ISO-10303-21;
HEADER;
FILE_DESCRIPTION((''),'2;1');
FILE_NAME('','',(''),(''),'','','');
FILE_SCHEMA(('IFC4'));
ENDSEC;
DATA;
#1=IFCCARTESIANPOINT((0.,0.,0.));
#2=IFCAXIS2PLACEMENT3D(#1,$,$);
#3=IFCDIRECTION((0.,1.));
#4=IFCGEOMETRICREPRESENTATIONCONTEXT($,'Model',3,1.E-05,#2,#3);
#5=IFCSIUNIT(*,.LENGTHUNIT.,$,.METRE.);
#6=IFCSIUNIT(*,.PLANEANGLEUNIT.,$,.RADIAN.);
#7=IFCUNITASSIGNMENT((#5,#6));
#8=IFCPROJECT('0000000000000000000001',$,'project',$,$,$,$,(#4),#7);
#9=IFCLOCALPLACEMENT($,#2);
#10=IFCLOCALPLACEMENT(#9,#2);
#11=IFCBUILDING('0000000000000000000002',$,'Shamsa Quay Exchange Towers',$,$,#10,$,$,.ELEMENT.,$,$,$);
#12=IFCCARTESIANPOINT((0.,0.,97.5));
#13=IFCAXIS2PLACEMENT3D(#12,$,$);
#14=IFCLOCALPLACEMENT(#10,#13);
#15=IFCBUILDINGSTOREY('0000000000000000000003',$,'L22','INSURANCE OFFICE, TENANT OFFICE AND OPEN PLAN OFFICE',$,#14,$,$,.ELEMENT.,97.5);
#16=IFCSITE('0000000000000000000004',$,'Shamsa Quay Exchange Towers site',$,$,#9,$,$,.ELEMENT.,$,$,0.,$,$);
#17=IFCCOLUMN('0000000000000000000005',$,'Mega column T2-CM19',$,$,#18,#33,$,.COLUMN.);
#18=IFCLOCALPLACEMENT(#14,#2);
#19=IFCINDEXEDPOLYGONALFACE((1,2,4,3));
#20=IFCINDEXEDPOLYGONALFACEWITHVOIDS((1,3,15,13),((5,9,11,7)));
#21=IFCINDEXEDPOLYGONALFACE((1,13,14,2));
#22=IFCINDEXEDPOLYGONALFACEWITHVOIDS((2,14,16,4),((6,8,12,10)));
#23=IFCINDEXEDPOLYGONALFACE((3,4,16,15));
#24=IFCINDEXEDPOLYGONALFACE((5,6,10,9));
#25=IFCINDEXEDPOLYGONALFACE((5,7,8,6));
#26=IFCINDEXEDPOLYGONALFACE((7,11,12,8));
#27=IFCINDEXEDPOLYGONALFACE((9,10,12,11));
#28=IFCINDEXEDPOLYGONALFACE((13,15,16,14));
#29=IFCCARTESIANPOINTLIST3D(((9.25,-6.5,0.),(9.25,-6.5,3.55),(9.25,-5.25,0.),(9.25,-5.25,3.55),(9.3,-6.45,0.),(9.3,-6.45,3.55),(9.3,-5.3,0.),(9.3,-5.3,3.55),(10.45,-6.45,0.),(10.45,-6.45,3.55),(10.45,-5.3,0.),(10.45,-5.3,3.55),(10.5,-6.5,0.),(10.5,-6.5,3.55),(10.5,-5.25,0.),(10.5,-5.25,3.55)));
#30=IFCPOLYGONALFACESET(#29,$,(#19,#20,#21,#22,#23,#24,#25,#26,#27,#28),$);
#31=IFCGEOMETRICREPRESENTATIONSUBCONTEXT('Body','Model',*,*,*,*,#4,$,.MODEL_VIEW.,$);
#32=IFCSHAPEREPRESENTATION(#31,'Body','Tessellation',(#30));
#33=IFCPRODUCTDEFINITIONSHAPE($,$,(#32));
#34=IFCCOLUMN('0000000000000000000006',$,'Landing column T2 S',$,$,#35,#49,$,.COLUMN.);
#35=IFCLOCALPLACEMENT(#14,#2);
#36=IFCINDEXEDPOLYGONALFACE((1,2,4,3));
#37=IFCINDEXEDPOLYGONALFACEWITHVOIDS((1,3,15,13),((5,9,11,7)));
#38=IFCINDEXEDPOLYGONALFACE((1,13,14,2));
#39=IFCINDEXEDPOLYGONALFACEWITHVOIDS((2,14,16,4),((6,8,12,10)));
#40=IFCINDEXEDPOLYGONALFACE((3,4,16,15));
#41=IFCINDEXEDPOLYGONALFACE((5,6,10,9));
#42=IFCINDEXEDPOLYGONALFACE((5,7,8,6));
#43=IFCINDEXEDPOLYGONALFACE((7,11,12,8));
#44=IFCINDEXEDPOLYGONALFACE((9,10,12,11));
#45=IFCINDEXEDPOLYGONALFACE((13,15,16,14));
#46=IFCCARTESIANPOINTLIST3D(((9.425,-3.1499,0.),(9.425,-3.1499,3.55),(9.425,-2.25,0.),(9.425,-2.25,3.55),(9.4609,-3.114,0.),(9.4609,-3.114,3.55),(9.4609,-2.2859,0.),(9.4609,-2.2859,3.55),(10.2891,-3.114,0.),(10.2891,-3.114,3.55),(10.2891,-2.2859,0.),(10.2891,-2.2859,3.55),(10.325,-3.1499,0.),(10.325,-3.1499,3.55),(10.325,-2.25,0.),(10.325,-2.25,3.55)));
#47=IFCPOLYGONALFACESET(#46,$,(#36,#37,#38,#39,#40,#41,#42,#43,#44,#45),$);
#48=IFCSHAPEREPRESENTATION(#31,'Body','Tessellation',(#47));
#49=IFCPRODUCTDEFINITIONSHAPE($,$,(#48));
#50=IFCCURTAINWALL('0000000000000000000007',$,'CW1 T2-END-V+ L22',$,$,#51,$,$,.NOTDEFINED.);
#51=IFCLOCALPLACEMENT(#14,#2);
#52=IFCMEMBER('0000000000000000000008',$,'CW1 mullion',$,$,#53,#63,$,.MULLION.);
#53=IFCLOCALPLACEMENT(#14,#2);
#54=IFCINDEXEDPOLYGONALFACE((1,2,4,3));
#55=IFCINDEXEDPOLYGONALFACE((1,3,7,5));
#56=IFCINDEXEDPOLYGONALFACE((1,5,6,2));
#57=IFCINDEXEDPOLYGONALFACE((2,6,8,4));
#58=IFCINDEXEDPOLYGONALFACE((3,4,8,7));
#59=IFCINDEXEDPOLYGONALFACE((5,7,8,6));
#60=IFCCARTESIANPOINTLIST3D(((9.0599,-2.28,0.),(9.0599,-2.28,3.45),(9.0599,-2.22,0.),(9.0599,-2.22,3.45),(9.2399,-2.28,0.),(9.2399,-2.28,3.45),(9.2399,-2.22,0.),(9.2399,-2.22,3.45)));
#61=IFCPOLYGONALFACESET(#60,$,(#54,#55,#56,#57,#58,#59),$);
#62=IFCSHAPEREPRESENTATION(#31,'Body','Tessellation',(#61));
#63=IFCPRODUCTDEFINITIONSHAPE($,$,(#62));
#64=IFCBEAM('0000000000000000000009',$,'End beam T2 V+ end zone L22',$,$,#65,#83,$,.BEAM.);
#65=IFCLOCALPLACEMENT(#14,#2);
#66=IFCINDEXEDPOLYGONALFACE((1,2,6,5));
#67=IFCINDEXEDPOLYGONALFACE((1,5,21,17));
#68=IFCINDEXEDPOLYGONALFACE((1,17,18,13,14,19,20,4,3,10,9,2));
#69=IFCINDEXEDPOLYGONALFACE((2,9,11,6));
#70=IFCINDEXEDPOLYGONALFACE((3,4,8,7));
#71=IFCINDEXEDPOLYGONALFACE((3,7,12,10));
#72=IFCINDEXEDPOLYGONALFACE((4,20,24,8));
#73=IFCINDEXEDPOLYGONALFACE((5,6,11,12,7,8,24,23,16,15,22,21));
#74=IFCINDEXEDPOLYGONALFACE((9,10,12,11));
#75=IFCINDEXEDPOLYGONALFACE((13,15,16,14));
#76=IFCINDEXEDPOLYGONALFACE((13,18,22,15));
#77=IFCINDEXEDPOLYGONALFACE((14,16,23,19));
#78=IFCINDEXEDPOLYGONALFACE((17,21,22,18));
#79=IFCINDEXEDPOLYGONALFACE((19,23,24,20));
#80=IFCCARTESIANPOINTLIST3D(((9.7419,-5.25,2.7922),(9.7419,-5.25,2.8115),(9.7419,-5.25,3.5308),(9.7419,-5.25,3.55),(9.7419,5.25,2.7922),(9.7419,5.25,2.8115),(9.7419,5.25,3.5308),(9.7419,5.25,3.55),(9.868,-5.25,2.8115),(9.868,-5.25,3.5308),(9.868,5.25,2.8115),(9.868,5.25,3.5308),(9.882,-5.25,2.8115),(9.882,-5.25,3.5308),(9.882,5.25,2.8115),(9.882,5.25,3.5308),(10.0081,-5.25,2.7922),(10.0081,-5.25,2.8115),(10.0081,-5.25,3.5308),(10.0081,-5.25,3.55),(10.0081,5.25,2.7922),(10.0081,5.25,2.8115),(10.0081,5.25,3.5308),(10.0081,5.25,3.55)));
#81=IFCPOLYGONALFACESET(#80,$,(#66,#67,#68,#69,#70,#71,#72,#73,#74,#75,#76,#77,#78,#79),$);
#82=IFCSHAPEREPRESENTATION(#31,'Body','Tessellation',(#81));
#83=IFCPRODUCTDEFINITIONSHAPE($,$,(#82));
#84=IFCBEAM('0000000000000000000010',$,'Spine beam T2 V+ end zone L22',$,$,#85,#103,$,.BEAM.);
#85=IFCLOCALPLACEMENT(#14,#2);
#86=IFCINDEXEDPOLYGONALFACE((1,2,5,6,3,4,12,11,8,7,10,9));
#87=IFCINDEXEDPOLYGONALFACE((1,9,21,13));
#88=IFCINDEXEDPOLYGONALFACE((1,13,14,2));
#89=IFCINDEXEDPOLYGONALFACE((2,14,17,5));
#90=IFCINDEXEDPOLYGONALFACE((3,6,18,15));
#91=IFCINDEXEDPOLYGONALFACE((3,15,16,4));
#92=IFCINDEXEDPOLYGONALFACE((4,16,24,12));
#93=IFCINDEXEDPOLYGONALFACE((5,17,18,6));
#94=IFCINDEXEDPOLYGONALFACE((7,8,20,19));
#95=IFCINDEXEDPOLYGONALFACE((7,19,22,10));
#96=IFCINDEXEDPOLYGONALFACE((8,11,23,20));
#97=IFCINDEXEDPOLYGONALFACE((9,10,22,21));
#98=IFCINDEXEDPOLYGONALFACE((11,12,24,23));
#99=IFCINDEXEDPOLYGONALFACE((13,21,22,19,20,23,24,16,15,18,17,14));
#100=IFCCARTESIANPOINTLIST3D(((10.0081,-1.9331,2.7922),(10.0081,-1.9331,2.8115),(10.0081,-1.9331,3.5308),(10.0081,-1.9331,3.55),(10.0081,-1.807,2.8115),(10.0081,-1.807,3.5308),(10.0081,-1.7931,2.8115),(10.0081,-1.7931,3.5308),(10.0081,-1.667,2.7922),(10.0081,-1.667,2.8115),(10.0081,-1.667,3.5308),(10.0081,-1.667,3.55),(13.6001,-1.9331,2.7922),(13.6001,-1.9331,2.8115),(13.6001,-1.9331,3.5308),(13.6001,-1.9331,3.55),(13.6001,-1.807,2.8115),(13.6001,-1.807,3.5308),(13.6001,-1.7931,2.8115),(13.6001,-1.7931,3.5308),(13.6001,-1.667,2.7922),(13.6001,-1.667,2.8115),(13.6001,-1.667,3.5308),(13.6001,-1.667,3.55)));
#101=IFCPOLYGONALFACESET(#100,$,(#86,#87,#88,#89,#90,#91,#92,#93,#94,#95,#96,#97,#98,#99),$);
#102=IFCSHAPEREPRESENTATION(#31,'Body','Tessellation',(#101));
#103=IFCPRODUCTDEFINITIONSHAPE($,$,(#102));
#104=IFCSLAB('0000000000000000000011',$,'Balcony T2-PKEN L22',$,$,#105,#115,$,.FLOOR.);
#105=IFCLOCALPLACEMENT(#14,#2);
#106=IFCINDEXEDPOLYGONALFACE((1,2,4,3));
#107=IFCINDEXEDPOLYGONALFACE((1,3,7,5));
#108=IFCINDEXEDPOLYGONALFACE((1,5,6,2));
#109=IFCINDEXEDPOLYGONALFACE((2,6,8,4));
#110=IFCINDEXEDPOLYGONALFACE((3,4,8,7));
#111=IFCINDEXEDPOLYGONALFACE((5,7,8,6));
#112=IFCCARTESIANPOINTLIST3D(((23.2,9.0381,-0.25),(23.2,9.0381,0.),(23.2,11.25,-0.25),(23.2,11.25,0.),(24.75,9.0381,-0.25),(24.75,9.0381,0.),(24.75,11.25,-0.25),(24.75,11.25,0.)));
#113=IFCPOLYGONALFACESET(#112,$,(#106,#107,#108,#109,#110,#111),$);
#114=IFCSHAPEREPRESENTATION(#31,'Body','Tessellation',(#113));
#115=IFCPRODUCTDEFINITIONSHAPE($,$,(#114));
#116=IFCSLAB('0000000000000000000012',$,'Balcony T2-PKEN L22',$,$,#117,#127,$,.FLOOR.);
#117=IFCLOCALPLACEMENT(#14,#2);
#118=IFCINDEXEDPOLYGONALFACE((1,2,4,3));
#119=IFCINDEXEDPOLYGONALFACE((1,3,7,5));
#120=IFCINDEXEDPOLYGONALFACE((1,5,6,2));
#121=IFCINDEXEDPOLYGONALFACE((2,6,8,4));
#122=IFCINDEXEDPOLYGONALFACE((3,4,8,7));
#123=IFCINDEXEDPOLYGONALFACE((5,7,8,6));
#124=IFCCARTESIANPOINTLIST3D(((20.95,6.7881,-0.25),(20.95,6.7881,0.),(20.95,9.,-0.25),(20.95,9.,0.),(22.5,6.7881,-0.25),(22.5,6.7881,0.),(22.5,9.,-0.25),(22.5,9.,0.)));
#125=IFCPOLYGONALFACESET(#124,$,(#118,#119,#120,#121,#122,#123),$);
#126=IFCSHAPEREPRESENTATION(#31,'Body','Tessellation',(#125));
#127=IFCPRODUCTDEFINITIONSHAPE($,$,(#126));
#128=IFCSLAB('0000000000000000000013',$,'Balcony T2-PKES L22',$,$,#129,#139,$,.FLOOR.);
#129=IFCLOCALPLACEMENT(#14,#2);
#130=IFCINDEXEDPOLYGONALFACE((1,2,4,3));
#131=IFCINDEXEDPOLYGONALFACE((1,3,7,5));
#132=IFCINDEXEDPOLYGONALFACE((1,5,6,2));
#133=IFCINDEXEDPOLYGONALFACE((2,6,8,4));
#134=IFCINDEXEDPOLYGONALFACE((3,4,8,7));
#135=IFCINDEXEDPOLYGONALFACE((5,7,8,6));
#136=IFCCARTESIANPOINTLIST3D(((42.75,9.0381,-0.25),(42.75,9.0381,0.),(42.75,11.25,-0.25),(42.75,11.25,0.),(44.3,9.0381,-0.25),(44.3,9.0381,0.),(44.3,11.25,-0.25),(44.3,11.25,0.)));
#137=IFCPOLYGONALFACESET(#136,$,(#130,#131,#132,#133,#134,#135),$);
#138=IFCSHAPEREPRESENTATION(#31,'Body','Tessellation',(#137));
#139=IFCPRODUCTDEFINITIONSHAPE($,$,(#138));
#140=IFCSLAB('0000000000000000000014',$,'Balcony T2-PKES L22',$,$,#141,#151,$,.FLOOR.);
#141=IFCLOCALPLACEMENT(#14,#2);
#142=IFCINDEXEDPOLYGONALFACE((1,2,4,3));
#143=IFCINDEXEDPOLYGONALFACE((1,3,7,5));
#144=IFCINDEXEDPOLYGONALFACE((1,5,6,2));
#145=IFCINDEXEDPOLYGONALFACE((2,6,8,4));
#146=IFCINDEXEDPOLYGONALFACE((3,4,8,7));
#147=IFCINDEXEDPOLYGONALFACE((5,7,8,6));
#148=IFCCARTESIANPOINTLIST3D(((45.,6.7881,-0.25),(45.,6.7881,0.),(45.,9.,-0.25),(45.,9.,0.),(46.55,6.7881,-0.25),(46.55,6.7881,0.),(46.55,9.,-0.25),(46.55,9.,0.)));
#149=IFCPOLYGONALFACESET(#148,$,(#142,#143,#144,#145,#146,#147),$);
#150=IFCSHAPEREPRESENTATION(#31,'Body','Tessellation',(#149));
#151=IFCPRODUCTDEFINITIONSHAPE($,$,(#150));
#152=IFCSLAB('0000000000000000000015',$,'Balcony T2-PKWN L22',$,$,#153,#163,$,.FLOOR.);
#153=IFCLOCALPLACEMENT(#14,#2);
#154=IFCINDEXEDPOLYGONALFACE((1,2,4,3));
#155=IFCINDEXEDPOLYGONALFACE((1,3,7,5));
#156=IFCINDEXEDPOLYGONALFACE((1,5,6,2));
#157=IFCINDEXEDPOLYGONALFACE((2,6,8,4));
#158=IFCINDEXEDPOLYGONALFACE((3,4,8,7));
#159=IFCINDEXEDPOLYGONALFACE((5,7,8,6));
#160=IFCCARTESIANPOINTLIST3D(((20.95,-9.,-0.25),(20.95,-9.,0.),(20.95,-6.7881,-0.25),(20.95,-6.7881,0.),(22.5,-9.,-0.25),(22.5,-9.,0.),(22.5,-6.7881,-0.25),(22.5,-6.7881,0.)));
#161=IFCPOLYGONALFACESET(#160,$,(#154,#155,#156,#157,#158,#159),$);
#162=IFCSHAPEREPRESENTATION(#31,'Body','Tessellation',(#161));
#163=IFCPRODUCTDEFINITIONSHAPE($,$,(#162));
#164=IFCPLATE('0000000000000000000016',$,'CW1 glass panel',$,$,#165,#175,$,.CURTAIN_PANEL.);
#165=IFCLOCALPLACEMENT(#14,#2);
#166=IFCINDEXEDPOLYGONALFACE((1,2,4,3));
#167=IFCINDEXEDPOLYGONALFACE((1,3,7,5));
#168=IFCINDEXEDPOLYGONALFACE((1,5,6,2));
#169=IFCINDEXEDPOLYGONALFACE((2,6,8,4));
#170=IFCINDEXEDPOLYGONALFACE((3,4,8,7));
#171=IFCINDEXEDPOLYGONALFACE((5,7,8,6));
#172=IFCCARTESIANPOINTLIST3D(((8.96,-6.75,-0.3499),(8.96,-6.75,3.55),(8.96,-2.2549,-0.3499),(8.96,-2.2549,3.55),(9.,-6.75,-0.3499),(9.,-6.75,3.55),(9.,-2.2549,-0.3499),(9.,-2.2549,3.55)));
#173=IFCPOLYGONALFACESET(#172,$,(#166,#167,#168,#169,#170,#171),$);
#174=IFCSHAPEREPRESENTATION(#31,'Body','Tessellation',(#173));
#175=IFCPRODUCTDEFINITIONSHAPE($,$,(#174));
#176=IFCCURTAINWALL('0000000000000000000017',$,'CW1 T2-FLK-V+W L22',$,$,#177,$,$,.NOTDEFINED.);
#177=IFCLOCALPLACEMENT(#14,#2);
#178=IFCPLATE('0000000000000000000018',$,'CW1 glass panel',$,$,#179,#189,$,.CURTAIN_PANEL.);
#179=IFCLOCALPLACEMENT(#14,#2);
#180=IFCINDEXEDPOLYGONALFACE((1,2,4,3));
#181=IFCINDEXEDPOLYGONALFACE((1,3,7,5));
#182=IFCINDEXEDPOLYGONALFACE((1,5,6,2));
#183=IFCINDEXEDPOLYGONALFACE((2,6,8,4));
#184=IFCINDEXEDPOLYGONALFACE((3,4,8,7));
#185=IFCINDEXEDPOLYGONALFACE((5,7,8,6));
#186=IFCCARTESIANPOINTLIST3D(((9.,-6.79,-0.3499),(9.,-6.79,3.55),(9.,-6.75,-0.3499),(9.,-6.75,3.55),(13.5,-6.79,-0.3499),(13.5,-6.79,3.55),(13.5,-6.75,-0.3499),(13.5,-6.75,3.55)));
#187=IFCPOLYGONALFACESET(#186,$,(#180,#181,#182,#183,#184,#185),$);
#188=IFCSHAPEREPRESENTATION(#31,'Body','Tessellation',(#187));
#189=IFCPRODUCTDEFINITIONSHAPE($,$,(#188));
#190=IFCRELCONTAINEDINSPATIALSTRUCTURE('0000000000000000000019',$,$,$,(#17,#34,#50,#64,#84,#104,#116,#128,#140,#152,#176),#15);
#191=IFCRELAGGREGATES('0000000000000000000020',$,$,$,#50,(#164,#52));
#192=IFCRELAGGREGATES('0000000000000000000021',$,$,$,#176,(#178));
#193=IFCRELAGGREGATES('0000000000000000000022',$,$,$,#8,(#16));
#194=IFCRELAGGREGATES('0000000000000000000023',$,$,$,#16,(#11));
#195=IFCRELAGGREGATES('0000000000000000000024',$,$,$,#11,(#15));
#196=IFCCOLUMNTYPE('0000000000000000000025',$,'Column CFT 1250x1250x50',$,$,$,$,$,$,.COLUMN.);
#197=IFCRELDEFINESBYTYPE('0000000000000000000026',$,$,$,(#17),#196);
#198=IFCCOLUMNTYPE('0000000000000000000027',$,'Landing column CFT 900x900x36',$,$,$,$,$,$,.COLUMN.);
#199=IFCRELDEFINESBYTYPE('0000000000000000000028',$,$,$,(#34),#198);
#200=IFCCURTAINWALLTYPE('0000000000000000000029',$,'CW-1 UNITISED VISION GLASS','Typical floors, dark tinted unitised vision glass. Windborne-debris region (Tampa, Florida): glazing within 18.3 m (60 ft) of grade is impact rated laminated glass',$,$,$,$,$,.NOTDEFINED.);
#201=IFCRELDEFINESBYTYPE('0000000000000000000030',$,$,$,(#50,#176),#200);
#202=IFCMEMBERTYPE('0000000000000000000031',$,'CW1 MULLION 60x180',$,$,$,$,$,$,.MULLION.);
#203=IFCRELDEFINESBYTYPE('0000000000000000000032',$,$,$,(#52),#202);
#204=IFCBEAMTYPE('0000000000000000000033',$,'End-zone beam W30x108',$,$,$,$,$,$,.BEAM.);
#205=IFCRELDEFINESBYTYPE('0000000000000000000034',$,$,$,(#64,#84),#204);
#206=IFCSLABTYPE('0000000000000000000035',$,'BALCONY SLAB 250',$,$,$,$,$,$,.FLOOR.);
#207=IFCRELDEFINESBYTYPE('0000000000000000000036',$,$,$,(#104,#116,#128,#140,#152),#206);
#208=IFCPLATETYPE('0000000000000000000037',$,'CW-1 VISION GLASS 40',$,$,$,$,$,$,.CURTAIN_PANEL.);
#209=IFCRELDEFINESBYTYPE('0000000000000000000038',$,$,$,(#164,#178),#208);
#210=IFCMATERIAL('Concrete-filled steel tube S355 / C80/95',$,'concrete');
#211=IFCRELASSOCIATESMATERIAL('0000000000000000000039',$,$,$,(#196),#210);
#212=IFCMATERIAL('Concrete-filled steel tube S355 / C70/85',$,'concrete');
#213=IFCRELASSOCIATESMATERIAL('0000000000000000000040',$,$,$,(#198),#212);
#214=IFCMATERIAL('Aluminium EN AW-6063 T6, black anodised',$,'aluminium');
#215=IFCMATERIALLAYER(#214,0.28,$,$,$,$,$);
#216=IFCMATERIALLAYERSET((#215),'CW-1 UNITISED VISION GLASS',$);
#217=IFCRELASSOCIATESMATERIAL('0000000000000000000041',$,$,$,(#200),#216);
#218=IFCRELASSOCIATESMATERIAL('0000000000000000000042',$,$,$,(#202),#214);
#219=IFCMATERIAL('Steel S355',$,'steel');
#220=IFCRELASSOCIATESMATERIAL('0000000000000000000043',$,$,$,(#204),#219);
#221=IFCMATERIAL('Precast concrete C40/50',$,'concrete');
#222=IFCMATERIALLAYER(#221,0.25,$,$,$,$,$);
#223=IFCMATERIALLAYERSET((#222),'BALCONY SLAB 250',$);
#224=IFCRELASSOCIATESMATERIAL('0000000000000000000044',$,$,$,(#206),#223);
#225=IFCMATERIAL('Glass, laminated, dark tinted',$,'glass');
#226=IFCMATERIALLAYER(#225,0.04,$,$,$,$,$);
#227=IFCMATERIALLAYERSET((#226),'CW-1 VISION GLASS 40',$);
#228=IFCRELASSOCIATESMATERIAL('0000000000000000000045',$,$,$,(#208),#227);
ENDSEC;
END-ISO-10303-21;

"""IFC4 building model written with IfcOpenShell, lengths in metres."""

from ifc_helpers import new_model, si_unit, direction, frame, origin, origin_2d, place, context, subcontext, project, spatial, polyline, rectangle, hollow_rectangle, i_section, outline, extrude, material, layer, layer_set, material_profile, profile_set, type_object, element, aggregate, save


model = new_model("IFC4")

# Units and contexts
model_context = context("Model", 3, precision=1e-05, world=origin(), true_north=direction((0.0, 1.0)))
body_context = subcontext(model_context, "Body", "Model", "MODEL_VIEW")
ifc_project = project(units=[si_unit("LENGTHUNIT", "METRE"), si_unit("PLANEANGLEUNIT", "RADIAN")], contexts=[model_context])

# Site, building, storey
site_placement = place(None, origin())
site = spatial("IfcSite", under=ifc_project, at=site_placement, Name="Shamsa Quay Exchange Towers site", CompositionType="ELEMENT", RefElevation=0.0)
building_placement = place(site_placement, origin())
building = spatial("IfcBuilding", under=site, at=building_placement, Name="Shamsa Quay Exchange Towers", CompositionType="ELEMENT")
storey_placement = place(building_placement, frame((0.0, 0.0, 97.5)))
storey = spatial("IfcBuildingStorey", under=building, at=storey_placement, Name="L22", Description="INSURANCE OFFICE, TENANT OFFICE AND OPEN PLAN OFFICE", CompositionType="ELEMENT", Elevation=97.5)

# Columns
ifc_material_1 = material(Name="Concrete-filled steel tube S355 / C80/95", Category="concrete")
ifc_material_profile_1 = material_profile(ifc_material_1, hollow_rectangle(XDim=1.25, YDim=1.25, WallThickness=0.05, at=origin_2d()), Name="CFT 1250x1250x50")
ifc_profile_set_1 = profile_set([ifc_material_profile_1], Name="Concrete-filled steel tube S355 / C80/95")
column_type_1 = type_object("IfcColumnType", Name="Column CFT 1250x1250x50", PredefinedType="COLUMN", material=ifc_profile_set_1)
column_1_placement = place(storey_placement, frame((9.875, -5.875, 0.0)))
element("IfcColumn", 1, at=column_1_placement, inside=storey, type_object=column_type_1, Name="Mega column T2-CM19", PredefinedType="COLUMN", context=body_context, shape_type="SweptSolid", body=[
    extrude(hollow_rectangle(XDim=1.25, YDim=1.25, WallThickness=0.05, at=origin_2d()), origin(), (0.0, 0.0, 1.0), 3.55),
])
ifc_material_2 = material(Name="Concrete-filled steel tube S355 / C70/85", Category="concrete")
ifc_material_profile_2 = material_profile(ifc_material_2, hollow_rectangle(XDim=0.8999, YDim=0.8999, WallThickness=0.0359, at=origin_2d()), Name="CFT 900x900x36")
ifc_profile_set_2 = profile_set([ifc_material_profile_2], Name="Concrete-filled steel tube S355 / C70/85")
column_type_2 = type_object("IfcColumnType", Name="Landing column CFT 900x900x36", PredefinedType="COLUMN", material=ifc_profile_set_2)
column_2_placement = place(storey_placement, frame((9.875, -2.7, 0.0)))
element("IfcColumn", 2, at=column_2_placement, inside=storey, type_object=column_type_2, Name="Landing column T2 S", PredefinedType="COLUMN", context=body_context, shape_type="SweptSolid", body=[
    extrude(hollow_rectangle(XDim=0.8999, YDim=0.8999, WallThickness=0.0359, at=origin_2d()), origin(), (0.0, 0.0, 1.0), 3.55),
])

# Curtain wall, member
ifc_material_3 = material(Name="Aluminium EN AW-6063 T6, black anodised", Category="aluminium")
ifc_layer_1 = layer(ifc_material_3, 0.28)
ifc_layer_set_1 = layer_set([ifc_layer_1], Name="CW-1 UNITISED VISION GLASS")
curtain_wall_type = type_object("IfcCurtainWallType", Name="CW-1 UNITISED VISION GLASS", Description="Typical floors, dark tinted unitised vision glass. Windborne-debris region (Tampa, Florida): glazing within 18.3 m (60 ft) of grade is impact rated laminated glass", PredefinedType="NOTDEFINED", material=ifc_layer_set_1)
curtain_wall_1_placement = place(storey_placement, origin())
curtain_wall_1 = element("IfcCurtainWall", 3, at=curtain_wall_1_placement, inside=storey, type_object=curtain_wall_type, Name="CW1 T2-END-V+ L22", PredefinedType="NOTDEFINED")
ifc_material_profile_3 = material_profile(ifc_material_3, rectangle(XDim=0.1799, YDim=0.0601, at=origin_2d()), Name="MU60x180")
ifc_profile_set_3 = profile_set([ifc_material_profile_3], Name="Aluminium EN AW-6063 T6, black anodised")
member_type = type_object("IfcMemberType", Name="CW1 MULLION 60x180", PredefinedType="MULLION", material=ifc_profile_set_3)
member_placement = place(storey_placement, frame((9.1499, -2.25, 0.0)))
member = element("IfcMember", 4, at=member_placement, type_object=member_type, Name="CW1 mullion", PredefinedType="MULLION", context=body_context, shape_type="SweptSolid", body=[
    extrude(rectangle(XDim=0.1799, YDim=0.0601, at=origin_2d()), origin(), (0.0, 0.0, 1.0), 3.45),
])

# Beams
ifc_material_4 = material(Name="Steel S355", Category="steel")
ifc_material_profile_4 = material_profile(ifc_material_4, i_section(OverallWidth=0.2661, OverallDepth=0.7578, WebThickness=0.0139, FlangeThickness=0.0193, at=origin_2d()), Name="W30x108")
ifc_profile_set_4 = profile_set([ifc_material_profile_4], Name="Steel S355")
beam_type = type_object("IfcBeamType", Name="End-zone beam W30x108", PredefinedType="BEAM", material=ifc_profile_set_4)
beam_1_placement = place(storey_placement, frame((9.875, -5.25, 3.1711), z_axis=(0.0, 1.0, 0.0), x_axis=(-1.0, 0.0, 0.0)))
element("IfcBeam", 5, at=beam_1_placement, inside=storey, type_object=beam_type, Name="End beam T2 V+ end zone L22", PredefinedType="BEAM", context=body_context, shape_type="SweptSolid", body=[
    extrude(i_section(OverallWidth=0.2661, OverallDepth=0.7578, WebThickness=0.0139, FlangeThickness=0.0193, at=origin_2d()), origin(), (0.0, 0.0, 1.0), 10.5),
])
beam_2_placement = place(storey_placement, frame((13.6001, -1.8, 3.1711), z_axis=(-1.0, 0.0, 0.0), x_axis=(0.0, -1.0, 0.0)))
element("IfcBeam", 6, at=beam_2_placement, inside=storey, type_object=beam_type, Name="Spine beam T2 V+ end zone L22", PredefinedType="BEAM", context=body_context, shape_type="SweptSolid", body=[
    extrude(i_section(OverallWidth=0.2661, OverallDepth=0.7578, WebThickness=0.0139, FlangeThickness=0.0193, at=origin_2d()), origin(), (0.0, 0.0, 1.0), 3.592),
])

# Slabs
ifc_material_5 = material(Name="Precast concrete C40/50", Category="concrete")
ifc_layer_2 = layer(ifc_material_5, 0.25)
ifc_layer_set_2 = layer_set([ifc_layer_2], Name="BALCONY SLAB 250")
slab_type_1 = type_object("IfcSlabType", Name="BALCONY SLAB 250", PredefinedType="FLOOR", material=ifc_layer_set_2)
slab_1_placement = place(storey_placement, frame((0.0, 0.0, -0.25)))
element("IfcSlab", 7, at=slab_1_placement, inside=storey, type_object=slab_type_1, Name="Balcony T2-PKEN L22", PredefinedType="FLOOR", context=body_context, shape_type="SweptSolid", body=[
    extrude(outline(polyline([(24.75, 11.25), (24.75, 9.0381), (23.2, 9.0381), (23.2, 11.25), (24.75, 11.25)])), origin(), (0.0, 0.0, 1.0), 0.25),
])
slab_2_placement = place(storey_placement, frame((0.0, 0.0, -0.25)))
element("IfcSlab", 8, at=slab_2_placement, inside=storey, type_object=slab_type_1, Name="Balcony T2-PKEN L22", PredefinedType="FLOOR", context=body_context, shape_type="SweptSolid", body=[
    extrude(outline(polyline([(22.5, 9.0), (22.5, 6.7881), (20.95, 6.7881), (20.95, 9.0), (22.5, 9.0)])), origin(), (0.0, 0.0, 1.0), 0.25),
])
slab_3_placement = place(storey_placement, frame((0.0, 0.0, -0.25)))
element("IfcSlab", 9, at=slab_3_placement, inside=storey, type_object=slab_type_1, Name="Balcony T2-PKES L22", PredefinedType="FLOOR", context=body_context, shape_type="SweptSolid", body=[
    extrude(outline(polyline([(42.75, 9.0381), (42.75, 11.25), (44.3, 11.25), (44.3, 9.0381), (42.75, 9.0381)])), origin(), (0.0, 0.0, 1.0), 0.25),
])
slab_4_placement = place(storey_placement, frame((0.0, 0.0, -0.25)))
element("IfcSlab", 10, at=slab_4_placement, inside=storey, type_object=slab_type_1, Name="Balcony T2-PKES L22", PredefinedType="FLOOR", context=body_context, shape_type="SweptSolid", body=[
    extrude(outline(polyline([(45.0, 6.7881), (45.0, 9.0), (46.55, 9.0), (46.55, 6.7881), (45.0, 6.7881)])), origin(), (0.0, 0.0, 1.0), 0.25),
])
slab_5_placement = place(storey_placement, frame((0.0, 0.0, -0.25)))
element("IfcSlab", 11, at=slab_5_placement, inside=storey, type_object=slab_type_1, Name="Balcony T2-PKWN L22", PredefinedType="FLOOR", context=body_context, shape_type="SweptSolid", body=[
    extrude(outline(polyline([(22.5, -6.7881), (22.5, -9.0), (20.95, -9.0), (20.95, -6.7881), (22.5, -6.7881)])), origin(), (0.0, 0.0, 1.0), 0.25),
])

# Plate
ifc_material_6 = material(Name="Glass, laminated, dark tinted", Category="glass")
ifc_layer_3 = layer(ifc_material_6, 0.04)
ifc_layer_set_3 = layer_set([ifc_layer_3], Name="CW-1 VISION GLASS 40")
plate_type = type_object("IfcPlateType", Name="CW-1 VISION GLASS 40", PredefinedType="CURTAIN_PANEL", material=ifc_layer_set_3)
plate_1_placement = place(storey_placement, frame((8.98, -4.5024, -0.3499), z_axis=(0.0, 0.0, 1.0), x_axis=(0.0, -1.0, 0.0)))
plate_1 = element("IfcPlate", 12, at=plate_1_placement, type_object=plate_type, Name="CW1 glass panel", PredefinedType="CURTAIN_PANEL", context=body_context, shape_type="SweptSolid", body=[
    extrude(rectangle(XDim=4.4951, YDim=0.04, at=origin_2d()), origin(), (0.0, 0.0, 1.0), 3.8999),
])
aggregate(curtain_wall_1, [plate_1, member])

# Curtain wall, plate
curtain_wall_2_placement = place(storey_placement, origin())
curtain_wall_2 = element("IfcCurtainWall", 13, at=curtain_wall_2_placement, inside=storey, type_object=curtain_wall_type, Name="CW1 T2-FLK-V+W L22", PredefinedType="NOTDEFINED")
plate_2_placement = place(storey_placement, frame((11.25, -6.77, -0.3499)))
plate_2 = element("IfcPlate", 14, at=plate_2_placement, type_object=plate_type, Name="CW1 glass panel", PredefinedType="CURTAIN_PANEL", context=body_context, shape_type="SweptSolid", body=[
    extrude(rectangle(XDim=4.5, YDim=0.04, at=origin_2d()), origin(), (0.0, 0.0, 1.0), 3.8999),
])
aggregate(curtain_wall_2, [plate_2])

save(model, "model.ifc")
